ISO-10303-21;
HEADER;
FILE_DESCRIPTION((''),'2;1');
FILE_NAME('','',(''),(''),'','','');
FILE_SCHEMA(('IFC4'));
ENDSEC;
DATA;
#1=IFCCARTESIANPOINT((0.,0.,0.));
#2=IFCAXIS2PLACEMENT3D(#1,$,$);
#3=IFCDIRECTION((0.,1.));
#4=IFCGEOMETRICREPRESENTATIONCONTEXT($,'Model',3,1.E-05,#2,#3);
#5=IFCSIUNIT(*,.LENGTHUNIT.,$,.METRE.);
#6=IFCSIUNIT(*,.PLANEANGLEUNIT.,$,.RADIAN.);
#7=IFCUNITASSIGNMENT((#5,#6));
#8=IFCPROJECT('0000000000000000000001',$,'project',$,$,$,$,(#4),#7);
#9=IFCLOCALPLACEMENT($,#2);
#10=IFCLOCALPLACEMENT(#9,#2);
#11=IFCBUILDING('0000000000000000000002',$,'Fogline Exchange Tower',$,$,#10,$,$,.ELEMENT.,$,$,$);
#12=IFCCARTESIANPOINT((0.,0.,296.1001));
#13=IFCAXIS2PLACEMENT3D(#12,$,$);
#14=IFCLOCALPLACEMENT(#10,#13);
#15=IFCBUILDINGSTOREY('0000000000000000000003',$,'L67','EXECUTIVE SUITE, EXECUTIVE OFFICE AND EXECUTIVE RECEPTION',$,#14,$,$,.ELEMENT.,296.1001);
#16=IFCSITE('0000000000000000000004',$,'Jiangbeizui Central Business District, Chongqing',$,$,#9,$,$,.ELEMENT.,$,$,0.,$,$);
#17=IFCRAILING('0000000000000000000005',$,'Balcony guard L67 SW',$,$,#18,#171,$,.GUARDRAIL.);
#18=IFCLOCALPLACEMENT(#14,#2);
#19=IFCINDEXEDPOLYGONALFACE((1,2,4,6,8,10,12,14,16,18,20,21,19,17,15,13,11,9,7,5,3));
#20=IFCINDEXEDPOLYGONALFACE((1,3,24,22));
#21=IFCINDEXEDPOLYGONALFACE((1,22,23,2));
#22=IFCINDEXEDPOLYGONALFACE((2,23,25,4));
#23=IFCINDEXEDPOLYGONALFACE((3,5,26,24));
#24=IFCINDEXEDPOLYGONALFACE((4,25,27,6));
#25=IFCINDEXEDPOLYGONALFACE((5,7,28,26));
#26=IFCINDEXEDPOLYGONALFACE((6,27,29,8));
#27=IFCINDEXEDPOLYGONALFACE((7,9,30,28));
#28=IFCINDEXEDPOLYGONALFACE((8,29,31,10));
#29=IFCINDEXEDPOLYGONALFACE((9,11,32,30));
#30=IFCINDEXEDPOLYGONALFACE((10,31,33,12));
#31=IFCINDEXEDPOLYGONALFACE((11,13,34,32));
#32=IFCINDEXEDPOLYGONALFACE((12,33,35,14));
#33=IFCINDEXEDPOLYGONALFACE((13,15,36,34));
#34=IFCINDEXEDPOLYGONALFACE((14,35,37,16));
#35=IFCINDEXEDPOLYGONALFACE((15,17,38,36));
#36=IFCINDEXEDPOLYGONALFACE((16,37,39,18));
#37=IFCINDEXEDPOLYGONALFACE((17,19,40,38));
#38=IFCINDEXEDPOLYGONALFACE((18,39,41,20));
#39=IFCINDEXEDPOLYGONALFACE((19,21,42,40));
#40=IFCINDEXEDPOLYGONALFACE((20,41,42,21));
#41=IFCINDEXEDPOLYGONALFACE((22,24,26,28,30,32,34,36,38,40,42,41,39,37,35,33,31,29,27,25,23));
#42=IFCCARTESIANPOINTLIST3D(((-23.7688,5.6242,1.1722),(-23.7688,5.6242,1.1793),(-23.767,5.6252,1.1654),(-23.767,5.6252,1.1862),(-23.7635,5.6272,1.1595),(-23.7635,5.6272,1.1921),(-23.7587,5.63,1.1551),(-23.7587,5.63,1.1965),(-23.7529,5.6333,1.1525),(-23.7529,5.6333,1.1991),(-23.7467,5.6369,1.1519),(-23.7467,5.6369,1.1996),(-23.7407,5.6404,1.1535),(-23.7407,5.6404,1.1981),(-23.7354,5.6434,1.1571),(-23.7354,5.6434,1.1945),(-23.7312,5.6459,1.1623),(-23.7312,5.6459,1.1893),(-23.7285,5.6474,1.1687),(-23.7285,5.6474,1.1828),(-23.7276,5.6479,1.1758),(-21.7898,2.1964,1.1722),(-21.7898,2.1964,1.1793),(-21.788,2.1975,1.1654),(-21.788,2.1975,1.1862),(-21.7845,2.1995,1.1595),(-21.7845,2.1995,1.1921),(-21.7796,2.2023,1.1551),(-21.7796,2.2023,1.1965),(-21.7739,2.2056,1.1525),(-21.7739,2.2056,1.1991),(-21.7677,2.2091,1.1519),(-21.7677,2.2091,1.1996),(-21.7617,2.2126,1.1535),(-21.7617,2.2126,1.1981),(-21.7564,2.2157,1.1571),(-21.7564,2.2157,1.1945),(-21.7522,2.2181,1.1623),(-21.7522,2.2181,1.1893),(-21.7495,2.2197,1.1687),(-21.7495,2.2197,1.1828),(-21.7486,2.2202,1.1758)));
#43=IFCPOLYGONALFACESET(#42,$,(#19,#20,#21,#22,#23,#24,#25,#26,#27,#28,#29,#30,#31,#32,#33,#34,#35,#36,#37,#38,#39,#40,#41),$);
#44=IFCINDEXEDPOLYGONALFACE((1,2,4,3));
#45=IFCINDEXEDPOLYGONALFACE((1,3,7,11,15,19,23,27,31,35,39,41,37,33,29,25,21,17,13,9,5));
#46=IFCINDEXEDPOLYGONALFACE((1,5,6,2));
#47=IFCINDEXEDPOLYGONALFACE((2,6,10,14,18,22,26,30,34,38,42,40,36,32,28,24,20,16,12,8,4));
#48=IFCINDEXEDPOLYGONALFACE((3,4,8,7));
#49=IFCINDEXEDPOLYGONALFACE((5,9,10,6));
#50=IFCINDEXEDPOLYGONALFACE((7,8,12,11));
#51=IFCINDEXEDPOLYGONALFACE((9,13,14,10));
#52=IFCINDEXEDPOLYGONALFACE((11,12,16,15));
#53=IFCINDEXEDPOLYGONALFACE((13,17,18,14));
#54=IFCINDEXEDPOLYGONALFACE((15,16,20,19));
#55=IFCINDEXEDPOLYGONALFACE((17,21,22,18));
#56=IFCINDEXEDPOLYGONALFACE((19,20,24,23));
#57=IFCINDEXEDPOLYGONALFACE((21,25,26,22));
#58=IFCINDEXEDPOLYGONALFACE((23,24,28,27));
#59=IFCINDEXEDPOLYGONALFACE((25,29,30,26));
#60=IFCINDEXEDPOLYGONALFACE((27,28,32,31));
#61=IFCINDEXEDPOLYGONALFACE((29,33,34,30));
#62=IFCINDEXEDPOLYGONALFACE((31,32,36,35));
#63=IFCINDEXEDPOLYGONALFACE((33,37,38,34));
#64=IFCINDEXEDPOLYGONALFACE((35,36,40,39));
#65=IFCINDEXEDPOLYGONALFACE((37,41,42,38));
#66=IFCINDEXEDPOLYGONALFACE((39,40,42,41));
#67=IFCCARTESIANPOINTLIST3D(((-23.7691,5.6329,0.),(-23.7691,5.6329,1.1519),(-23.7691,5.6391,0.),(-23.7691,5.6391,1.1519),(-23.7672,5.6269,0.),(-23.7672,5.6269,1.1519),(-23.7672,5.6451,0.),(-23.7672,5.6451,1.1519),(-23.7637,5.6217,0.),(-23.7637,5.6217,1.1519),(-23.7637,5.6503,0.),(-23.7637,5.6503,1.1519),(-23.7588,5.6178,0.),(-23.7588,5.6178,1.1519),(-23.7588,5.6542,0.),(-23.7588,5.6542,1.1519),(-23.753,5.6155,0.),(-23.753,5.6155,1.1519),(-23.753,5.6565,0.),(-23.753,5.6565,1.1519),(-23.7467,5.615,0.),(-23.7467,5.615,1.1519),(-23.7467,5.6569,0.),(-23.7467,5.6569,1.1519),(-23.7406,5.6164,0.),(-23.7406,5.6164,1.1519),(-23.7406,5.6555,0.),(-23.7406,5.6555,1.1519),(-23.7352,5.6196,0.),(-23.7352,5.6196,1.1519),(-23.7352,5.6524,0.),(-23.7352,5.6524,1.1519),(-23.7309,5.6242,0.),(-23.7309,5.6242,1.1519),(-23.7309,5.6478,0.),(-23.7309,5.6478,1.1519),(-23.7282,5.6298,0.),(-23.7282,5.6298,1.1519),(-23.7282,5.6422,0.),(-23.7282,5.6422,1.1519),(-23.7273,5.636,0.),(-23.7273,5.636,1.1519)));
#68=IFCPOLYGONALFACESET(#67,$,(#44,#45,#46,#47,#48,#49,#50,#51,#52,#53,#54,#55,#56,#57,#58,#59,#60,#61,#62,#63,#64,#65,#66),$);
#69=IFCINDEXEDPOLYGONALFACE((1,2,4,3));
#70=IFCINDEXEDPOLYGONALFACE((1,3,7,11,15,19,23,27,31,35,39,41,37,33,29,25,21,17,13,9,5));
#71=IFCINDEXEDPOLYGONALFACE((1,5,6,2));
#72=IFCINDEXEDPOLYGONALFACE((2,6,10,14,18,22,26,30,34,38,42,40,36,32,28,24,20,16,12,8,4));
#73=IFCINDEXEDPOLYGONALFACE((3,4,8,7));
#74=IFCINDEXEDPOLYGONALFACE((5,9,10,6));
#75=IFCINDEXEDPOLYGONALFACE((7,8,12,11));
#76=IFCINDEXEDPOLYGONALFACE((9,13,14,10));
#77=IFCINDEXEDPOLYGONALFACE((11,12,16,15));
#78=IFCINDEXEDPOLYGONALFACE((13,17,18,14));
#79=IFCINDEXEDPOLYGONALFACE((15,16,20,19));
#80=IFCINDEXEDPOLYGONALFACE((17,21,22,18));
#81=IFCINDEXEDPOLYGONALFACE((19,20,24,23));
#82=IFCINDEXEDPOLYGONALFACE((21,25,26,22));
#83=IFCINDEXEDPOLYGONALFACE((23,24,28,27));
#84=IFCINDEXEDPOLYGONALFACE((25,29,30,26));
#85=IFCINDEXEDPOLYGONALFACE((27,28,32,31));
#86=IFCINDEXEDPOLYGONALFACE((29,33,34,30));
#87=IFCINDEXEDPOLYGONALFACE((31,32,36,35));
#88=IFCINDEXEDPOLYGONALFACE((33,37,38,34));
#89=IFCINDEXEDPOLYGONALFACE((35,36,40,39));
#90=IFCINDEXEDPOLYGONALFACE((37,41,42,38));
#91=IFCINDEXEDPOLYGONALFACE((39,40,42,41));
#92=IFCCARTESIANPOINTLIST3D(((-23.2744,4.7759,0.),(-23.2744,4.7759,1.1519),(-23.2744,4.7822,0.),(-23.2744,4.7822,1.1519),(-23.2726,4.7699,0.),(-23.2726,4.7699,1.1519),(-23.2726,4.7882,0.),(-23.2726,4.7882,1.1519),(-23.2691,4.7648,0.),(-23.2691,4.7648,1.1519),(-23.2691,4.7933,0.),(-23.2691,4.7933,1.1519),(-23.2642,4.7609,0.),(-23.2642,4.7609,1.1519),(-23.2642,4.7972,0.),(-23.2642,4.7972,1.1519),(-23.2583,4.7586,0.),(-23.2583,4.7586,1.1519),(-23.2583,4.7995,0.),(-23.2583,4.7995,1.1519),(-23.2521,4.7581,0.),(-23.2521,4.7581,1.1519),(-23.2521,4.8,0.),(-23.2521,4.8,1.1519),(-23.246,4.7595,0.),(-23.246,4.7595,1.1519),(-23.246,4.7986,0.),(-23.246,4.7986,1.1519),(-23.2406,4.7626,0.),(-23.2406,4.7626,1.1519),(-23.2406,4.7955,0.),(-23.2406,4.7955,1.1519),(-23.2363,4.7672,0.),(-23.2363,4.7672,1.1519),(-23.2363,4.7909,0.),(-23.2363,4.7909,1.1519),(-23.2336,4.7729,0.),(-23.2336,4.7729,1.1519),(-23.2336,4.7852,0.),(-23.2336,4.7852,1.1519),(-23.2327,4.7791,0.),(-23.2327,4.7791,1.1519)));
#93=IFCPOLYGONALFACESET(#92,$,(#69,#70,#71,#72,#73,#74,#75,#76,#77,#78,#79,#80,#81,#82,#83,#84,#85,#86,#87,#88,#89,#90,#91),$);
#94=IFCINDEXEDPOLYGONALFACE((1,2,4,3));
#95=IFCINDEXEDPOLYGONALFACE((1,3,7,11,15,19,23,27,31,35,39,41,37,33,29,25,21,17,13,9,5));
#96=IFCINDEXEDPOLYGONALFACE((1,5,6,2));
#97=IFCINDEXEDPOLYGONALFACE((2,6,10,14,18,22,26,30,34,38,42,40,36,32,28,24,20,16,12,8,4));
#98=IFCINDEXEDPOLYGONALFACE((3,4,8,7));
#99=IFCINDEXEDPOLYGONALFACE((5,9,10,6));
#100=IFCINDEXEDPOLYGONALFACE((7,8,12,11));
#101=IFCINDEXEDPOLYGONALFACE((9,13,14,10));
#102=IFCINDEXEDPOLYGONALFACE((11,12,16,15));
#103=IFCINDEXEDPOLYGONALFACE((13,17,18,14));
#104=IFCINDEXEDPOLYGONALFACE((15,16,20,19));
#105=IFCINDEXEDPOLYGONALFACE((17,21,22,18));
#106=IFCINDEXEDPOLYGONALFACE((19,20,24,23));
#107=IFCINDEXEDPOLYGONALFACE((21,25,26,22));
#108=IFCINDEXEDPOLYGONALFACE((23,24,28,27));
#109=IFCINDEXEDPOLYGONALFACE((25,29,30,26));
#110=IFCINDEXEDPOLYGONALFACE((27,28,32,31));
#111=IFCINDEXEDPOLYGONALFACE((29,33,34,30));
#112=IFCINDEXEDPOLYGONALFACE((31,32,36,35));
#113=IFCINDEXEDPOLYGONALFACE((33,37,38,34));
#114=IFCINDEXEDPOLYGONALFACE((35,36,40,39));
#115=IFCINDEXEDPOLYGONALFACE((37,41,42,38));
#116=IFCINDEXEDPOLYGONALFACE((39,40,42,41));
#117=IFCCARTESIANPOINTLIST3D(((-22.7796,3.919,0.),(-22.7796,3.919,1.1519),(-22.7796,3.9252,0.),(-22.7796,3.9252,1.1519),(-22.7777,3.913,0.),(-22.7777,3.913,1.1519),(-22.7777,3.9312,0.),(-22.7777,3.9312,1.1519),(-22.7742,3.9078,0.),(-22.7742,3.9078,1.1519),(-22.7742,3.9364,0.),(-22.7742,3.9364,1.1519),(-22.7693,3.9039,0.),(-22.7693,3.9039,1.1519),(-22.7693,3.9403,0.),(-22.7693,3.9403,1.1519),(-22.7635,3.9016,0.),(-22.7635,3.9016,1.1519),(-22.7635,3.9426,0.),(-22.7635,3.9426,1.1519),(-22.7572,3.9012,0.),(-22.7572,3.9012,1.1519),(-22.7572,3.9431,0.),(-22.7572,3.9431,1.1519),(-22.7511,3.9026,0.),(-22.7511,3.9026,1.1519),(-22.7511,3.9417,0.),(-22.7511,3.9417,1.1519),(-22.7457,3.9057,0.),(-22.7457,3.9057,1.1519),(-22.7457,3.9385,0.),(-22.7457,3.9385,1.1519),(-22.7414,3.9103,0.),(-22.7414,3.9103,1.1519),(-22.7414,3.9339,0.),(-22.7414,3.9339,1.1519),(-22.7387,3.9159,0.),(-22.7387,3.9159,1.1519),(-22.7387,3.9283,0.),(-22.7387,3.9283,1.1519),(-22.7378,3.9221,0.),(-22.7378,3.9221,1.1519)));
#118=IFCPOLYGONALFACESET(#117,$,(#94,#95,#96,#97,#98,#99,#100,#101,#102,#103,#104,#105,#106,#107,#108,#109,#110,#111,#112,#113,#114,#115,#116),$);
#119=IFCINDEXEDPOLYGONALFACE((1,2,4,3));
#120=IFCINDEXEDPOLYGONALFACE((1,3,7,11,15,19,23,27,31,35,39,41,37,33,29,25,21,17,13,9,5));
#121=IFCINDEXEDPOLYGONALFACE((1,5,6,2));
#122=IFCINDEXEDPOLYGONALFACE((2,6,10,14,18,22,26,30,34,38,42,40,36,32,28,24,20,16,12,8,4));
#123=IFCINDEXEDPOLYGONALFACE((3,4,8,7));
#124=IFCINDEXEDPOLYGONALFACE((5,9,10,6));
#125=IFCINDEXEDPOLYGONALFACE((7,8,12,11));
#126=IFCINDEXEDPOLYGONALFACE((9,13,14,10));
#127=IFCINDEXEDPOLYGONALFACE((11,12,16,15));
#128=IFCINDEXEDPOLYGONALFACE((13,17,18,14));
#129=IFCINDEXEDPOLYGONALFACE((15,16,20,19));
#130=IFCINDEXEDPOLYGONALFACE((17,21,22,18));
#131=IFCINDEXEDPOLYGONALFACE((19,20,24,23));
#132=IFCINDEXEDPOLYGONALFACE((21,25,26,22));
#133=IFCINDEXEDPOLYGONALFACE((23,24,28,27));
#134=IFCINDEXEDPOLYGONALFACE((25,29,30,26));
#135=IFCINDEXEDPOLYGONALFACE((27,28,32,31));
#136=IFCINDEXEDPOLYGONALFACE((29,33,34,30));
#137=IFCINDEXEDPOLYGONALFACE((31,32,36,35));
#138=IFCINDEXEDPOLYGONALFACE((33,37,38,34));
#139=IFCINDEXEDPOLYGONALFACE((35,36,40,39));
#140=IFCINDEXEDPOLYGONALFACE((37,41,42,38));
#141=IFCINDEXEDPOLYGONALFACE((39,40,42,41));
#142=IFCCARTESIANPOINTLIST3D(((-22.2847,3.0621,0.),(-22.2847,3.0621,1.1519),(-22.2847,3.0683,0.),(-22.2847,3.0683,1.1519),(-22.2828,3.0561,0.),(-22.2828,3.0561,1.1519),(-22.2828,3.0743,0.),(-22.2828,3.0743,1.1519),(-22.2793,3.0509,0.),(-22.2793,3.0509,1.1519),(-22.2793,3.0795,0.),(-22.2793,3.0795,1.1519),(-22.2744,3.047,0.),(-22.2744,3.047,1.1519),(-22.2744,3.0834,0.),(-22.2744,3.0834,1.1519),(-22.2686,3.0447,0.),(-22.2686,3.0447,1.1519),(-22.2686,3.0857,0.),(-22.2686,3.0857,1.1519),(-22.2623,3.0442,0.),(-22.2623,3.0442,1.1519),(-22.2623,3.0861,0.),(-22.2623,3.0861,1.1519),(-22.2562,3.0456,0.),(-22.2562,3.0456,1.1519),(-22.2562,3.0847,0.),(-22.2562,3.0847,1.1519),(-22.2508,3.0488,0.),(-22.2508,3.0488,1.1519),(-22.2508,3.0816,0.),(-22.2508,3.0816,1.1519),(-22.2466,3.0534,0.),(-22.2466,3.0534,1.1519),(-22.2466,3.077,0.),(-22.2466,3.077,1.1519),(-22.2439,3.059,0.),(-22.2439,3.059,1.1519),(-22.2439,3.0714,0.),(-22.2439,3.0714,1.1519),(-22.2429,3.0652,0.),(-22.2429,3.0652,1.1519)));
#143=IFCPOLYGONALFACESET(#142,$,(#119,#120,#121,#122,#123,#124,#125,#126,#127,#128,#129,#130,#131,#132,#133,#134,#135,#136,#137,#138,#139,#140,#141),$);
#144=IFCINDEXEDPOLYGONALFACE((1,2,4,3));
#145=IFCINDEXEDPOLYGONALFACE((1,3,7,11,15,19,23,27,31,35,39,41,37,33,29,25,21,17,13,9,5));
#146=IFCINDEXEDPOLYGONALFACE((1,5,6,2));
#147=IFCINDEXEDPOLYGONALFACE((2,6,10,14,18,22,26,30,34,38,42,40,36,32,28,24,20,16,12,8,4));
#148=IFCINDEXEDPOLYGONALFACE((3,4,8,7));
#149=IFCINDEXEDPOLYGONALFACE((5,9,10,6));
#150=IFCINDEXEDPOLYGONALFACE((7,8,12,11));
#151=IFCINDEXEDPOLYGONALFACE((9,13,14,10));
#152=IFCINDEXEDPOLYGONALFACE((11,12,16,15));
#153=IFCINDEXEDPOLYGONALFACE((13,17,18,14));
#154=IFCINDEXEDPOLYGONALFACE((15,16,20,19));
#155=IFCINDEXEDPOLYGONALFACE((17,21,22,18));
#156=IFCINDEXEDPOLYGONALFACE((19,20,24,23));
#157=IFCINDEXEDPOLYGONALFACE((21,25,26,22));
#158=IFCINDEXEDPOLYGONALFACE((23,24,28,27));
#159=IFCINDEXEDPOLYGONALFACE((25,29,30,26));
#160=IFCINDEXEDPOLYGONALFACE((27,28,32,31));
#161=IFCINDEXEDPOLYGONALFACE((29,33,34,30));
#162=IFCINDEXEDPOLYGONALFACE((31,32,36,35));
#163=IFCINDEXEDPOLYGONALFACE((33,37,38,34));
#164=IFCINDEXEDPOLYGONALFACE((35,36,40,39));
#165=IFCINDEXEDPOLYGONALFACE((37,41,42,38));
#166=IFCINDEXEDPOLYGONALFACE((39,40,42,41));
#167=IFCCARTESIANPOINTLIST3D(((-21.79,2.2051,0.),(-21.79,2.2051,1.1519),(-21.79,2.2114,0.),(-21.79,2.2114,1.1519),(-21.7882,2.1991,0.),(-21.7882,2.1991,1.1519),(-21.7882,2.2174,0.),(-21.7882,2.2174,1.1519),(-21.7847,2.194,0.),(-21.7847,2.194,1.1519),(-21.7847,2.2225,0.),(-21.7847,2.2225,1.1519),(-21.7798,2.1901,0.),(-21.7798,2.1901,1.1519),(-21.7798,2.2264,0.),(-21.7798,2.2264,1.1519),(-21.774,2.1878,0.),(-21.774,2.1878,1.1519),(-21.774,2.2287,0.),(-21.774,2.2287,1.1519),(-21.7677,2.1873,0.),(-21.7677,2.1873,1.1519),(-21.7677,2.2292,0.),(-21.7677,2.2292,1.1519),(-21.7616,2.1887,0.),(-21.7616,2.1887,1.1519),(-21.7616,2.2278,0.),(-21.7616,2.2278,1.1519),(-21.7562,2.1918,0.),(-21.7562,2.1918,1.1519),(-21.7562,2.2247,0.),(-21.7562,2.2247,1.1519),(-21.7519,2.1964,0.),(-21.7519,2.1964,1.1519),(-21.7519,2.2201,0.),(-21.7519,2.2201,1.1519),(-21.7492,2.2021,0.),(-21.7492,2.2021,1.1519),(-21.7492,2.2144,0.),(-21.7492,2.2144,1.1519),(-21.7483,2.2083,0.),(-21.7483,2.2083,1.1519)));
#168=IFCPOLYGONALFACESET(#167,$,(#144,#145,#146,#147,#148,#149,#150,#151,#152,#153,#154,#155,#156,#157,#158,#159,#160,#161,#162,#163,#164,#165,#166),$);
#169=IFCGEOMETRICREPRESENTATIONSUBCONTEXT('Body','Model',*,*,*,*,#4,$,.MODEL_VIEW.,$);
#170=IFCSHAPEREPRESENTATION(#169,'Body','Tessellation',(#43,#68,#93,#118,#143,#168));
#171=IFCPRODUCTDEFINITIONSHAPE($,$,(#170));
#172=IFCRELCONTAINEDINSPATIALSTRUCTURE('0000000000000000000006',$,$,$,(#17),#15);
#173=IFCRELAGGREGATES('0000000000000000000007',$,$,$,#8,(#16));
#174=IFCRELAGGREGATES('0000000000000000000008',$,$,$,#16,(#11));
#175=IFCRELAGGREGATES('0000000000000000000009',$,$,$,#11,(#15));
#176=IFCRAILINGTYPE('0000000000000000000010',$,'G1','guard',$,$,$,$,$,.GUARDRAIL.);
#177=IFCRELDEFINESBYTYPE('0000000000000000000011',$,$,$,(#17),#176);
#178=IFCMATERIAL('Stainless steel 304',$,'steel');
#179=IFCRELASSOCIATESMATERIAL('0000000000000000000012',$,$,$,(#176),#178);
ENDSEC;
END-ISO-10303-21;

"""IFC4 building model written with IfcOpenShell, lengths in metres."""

from ifc_helpers import new_model, si_unit, direction, frame, origin, origin_2d, place, context, subcontext, project, spatial, circle, extrude, material, type_object, element, save


model = new_model("IFC4")

# Units and contexts
model_context = context("Model", 3, precision=1e-05, world=origin(), true_north=direction((0.0, 1.0)))
body_context = subcontext(model_context, "Body", "Model", "MODEL_VIEW")
ifc_project = project(units=[si_unit("LENGTHUNIT", "METRE"), si_unit("PLANEANGLEUNIT", "RADIAN")], contexts=[model_context])

# Site, building, storey
site_placement = place(None, origin())
site = spatial("IfcSite", under=ifc_project, at=site_placement, Name="Jiangbeizui Central Business District, Chongqing", CompositionType="ELEMENT", RefElevation=0.0)
building_placement = place(site_placement, origin())
building = spatial("IfcBuilding", under=site, at=building_placement, Name="Fogline Exchange Tower", CompositionType="ELEMENT")
storey_placement = place(building_placement, frame((0.0, 0.0, 296.1001)))
storey = spatial("IfcBuildingStorey", under=building, at=storey_placement, Name="L67", Description="EXECUTIVE SUITE, EXECUTIVE OFFICE AND EXECUTIVE RECEPTION", CompositionType="ELEMENT", Elevation=296.1001)

# Railing
ifc_material_1 = material(Name="Stainless steel 304", Category="steel")
railing_type = type_object("IfcRailingType", Name="G1", Description="guard", PredefinedType="GUARDRAIL", material=ifc_material_1)
railing_placement = place(storey_placement, frame((-23.7483, 5.636, 0.0)))
element("IfcRailing", 1, at=railing_placement, inside=storey, type_object=railing_type, Name="Balcony guard L67 SW", PredefinedType="GUARDRAIL", context=body_context, shape_type="SweptSolid", body=[
    extrude(circle(Radius=0.0239, at=origin_2d()), frame((0.0, 0.0, 1.1758), z_axis=(0.5, -0.866025, 0.0), x_axis=(0.866025, 0.5, 0.0)), (0.0, 0.0, 1.0), 3.958),
    extrude(circle(Radius=0.021, at=origin_2d()), origin(), (0.0, 0.0, 1.0), 1.1519),
    extrude(circle(Radius=0.021, at=origin_2d()), frame((0.4946, -0.8569, 0.0)), (0.0, 0.0, 1.0), 1.1519),
    extrude(circle(Radius=0.021, at=origin_2d()), frame((0.9895, -1.7139, 0.0)), (0.0, 0.0, 1.0), 1.1519),
    extrude(circle(Radius=0.021, at=origin_2d()), frame((1.4844, -2.5708, 0.0)), (0.0, 0.0, 1.0), 1.1519),
    extrude(circle(Radius=0.021, at=origin_2d()), frame((1.979, -3.4277, 0.0)), (0.0, 0.0, 1.0), 1.1519),
])

save(model, "model.ifc")
